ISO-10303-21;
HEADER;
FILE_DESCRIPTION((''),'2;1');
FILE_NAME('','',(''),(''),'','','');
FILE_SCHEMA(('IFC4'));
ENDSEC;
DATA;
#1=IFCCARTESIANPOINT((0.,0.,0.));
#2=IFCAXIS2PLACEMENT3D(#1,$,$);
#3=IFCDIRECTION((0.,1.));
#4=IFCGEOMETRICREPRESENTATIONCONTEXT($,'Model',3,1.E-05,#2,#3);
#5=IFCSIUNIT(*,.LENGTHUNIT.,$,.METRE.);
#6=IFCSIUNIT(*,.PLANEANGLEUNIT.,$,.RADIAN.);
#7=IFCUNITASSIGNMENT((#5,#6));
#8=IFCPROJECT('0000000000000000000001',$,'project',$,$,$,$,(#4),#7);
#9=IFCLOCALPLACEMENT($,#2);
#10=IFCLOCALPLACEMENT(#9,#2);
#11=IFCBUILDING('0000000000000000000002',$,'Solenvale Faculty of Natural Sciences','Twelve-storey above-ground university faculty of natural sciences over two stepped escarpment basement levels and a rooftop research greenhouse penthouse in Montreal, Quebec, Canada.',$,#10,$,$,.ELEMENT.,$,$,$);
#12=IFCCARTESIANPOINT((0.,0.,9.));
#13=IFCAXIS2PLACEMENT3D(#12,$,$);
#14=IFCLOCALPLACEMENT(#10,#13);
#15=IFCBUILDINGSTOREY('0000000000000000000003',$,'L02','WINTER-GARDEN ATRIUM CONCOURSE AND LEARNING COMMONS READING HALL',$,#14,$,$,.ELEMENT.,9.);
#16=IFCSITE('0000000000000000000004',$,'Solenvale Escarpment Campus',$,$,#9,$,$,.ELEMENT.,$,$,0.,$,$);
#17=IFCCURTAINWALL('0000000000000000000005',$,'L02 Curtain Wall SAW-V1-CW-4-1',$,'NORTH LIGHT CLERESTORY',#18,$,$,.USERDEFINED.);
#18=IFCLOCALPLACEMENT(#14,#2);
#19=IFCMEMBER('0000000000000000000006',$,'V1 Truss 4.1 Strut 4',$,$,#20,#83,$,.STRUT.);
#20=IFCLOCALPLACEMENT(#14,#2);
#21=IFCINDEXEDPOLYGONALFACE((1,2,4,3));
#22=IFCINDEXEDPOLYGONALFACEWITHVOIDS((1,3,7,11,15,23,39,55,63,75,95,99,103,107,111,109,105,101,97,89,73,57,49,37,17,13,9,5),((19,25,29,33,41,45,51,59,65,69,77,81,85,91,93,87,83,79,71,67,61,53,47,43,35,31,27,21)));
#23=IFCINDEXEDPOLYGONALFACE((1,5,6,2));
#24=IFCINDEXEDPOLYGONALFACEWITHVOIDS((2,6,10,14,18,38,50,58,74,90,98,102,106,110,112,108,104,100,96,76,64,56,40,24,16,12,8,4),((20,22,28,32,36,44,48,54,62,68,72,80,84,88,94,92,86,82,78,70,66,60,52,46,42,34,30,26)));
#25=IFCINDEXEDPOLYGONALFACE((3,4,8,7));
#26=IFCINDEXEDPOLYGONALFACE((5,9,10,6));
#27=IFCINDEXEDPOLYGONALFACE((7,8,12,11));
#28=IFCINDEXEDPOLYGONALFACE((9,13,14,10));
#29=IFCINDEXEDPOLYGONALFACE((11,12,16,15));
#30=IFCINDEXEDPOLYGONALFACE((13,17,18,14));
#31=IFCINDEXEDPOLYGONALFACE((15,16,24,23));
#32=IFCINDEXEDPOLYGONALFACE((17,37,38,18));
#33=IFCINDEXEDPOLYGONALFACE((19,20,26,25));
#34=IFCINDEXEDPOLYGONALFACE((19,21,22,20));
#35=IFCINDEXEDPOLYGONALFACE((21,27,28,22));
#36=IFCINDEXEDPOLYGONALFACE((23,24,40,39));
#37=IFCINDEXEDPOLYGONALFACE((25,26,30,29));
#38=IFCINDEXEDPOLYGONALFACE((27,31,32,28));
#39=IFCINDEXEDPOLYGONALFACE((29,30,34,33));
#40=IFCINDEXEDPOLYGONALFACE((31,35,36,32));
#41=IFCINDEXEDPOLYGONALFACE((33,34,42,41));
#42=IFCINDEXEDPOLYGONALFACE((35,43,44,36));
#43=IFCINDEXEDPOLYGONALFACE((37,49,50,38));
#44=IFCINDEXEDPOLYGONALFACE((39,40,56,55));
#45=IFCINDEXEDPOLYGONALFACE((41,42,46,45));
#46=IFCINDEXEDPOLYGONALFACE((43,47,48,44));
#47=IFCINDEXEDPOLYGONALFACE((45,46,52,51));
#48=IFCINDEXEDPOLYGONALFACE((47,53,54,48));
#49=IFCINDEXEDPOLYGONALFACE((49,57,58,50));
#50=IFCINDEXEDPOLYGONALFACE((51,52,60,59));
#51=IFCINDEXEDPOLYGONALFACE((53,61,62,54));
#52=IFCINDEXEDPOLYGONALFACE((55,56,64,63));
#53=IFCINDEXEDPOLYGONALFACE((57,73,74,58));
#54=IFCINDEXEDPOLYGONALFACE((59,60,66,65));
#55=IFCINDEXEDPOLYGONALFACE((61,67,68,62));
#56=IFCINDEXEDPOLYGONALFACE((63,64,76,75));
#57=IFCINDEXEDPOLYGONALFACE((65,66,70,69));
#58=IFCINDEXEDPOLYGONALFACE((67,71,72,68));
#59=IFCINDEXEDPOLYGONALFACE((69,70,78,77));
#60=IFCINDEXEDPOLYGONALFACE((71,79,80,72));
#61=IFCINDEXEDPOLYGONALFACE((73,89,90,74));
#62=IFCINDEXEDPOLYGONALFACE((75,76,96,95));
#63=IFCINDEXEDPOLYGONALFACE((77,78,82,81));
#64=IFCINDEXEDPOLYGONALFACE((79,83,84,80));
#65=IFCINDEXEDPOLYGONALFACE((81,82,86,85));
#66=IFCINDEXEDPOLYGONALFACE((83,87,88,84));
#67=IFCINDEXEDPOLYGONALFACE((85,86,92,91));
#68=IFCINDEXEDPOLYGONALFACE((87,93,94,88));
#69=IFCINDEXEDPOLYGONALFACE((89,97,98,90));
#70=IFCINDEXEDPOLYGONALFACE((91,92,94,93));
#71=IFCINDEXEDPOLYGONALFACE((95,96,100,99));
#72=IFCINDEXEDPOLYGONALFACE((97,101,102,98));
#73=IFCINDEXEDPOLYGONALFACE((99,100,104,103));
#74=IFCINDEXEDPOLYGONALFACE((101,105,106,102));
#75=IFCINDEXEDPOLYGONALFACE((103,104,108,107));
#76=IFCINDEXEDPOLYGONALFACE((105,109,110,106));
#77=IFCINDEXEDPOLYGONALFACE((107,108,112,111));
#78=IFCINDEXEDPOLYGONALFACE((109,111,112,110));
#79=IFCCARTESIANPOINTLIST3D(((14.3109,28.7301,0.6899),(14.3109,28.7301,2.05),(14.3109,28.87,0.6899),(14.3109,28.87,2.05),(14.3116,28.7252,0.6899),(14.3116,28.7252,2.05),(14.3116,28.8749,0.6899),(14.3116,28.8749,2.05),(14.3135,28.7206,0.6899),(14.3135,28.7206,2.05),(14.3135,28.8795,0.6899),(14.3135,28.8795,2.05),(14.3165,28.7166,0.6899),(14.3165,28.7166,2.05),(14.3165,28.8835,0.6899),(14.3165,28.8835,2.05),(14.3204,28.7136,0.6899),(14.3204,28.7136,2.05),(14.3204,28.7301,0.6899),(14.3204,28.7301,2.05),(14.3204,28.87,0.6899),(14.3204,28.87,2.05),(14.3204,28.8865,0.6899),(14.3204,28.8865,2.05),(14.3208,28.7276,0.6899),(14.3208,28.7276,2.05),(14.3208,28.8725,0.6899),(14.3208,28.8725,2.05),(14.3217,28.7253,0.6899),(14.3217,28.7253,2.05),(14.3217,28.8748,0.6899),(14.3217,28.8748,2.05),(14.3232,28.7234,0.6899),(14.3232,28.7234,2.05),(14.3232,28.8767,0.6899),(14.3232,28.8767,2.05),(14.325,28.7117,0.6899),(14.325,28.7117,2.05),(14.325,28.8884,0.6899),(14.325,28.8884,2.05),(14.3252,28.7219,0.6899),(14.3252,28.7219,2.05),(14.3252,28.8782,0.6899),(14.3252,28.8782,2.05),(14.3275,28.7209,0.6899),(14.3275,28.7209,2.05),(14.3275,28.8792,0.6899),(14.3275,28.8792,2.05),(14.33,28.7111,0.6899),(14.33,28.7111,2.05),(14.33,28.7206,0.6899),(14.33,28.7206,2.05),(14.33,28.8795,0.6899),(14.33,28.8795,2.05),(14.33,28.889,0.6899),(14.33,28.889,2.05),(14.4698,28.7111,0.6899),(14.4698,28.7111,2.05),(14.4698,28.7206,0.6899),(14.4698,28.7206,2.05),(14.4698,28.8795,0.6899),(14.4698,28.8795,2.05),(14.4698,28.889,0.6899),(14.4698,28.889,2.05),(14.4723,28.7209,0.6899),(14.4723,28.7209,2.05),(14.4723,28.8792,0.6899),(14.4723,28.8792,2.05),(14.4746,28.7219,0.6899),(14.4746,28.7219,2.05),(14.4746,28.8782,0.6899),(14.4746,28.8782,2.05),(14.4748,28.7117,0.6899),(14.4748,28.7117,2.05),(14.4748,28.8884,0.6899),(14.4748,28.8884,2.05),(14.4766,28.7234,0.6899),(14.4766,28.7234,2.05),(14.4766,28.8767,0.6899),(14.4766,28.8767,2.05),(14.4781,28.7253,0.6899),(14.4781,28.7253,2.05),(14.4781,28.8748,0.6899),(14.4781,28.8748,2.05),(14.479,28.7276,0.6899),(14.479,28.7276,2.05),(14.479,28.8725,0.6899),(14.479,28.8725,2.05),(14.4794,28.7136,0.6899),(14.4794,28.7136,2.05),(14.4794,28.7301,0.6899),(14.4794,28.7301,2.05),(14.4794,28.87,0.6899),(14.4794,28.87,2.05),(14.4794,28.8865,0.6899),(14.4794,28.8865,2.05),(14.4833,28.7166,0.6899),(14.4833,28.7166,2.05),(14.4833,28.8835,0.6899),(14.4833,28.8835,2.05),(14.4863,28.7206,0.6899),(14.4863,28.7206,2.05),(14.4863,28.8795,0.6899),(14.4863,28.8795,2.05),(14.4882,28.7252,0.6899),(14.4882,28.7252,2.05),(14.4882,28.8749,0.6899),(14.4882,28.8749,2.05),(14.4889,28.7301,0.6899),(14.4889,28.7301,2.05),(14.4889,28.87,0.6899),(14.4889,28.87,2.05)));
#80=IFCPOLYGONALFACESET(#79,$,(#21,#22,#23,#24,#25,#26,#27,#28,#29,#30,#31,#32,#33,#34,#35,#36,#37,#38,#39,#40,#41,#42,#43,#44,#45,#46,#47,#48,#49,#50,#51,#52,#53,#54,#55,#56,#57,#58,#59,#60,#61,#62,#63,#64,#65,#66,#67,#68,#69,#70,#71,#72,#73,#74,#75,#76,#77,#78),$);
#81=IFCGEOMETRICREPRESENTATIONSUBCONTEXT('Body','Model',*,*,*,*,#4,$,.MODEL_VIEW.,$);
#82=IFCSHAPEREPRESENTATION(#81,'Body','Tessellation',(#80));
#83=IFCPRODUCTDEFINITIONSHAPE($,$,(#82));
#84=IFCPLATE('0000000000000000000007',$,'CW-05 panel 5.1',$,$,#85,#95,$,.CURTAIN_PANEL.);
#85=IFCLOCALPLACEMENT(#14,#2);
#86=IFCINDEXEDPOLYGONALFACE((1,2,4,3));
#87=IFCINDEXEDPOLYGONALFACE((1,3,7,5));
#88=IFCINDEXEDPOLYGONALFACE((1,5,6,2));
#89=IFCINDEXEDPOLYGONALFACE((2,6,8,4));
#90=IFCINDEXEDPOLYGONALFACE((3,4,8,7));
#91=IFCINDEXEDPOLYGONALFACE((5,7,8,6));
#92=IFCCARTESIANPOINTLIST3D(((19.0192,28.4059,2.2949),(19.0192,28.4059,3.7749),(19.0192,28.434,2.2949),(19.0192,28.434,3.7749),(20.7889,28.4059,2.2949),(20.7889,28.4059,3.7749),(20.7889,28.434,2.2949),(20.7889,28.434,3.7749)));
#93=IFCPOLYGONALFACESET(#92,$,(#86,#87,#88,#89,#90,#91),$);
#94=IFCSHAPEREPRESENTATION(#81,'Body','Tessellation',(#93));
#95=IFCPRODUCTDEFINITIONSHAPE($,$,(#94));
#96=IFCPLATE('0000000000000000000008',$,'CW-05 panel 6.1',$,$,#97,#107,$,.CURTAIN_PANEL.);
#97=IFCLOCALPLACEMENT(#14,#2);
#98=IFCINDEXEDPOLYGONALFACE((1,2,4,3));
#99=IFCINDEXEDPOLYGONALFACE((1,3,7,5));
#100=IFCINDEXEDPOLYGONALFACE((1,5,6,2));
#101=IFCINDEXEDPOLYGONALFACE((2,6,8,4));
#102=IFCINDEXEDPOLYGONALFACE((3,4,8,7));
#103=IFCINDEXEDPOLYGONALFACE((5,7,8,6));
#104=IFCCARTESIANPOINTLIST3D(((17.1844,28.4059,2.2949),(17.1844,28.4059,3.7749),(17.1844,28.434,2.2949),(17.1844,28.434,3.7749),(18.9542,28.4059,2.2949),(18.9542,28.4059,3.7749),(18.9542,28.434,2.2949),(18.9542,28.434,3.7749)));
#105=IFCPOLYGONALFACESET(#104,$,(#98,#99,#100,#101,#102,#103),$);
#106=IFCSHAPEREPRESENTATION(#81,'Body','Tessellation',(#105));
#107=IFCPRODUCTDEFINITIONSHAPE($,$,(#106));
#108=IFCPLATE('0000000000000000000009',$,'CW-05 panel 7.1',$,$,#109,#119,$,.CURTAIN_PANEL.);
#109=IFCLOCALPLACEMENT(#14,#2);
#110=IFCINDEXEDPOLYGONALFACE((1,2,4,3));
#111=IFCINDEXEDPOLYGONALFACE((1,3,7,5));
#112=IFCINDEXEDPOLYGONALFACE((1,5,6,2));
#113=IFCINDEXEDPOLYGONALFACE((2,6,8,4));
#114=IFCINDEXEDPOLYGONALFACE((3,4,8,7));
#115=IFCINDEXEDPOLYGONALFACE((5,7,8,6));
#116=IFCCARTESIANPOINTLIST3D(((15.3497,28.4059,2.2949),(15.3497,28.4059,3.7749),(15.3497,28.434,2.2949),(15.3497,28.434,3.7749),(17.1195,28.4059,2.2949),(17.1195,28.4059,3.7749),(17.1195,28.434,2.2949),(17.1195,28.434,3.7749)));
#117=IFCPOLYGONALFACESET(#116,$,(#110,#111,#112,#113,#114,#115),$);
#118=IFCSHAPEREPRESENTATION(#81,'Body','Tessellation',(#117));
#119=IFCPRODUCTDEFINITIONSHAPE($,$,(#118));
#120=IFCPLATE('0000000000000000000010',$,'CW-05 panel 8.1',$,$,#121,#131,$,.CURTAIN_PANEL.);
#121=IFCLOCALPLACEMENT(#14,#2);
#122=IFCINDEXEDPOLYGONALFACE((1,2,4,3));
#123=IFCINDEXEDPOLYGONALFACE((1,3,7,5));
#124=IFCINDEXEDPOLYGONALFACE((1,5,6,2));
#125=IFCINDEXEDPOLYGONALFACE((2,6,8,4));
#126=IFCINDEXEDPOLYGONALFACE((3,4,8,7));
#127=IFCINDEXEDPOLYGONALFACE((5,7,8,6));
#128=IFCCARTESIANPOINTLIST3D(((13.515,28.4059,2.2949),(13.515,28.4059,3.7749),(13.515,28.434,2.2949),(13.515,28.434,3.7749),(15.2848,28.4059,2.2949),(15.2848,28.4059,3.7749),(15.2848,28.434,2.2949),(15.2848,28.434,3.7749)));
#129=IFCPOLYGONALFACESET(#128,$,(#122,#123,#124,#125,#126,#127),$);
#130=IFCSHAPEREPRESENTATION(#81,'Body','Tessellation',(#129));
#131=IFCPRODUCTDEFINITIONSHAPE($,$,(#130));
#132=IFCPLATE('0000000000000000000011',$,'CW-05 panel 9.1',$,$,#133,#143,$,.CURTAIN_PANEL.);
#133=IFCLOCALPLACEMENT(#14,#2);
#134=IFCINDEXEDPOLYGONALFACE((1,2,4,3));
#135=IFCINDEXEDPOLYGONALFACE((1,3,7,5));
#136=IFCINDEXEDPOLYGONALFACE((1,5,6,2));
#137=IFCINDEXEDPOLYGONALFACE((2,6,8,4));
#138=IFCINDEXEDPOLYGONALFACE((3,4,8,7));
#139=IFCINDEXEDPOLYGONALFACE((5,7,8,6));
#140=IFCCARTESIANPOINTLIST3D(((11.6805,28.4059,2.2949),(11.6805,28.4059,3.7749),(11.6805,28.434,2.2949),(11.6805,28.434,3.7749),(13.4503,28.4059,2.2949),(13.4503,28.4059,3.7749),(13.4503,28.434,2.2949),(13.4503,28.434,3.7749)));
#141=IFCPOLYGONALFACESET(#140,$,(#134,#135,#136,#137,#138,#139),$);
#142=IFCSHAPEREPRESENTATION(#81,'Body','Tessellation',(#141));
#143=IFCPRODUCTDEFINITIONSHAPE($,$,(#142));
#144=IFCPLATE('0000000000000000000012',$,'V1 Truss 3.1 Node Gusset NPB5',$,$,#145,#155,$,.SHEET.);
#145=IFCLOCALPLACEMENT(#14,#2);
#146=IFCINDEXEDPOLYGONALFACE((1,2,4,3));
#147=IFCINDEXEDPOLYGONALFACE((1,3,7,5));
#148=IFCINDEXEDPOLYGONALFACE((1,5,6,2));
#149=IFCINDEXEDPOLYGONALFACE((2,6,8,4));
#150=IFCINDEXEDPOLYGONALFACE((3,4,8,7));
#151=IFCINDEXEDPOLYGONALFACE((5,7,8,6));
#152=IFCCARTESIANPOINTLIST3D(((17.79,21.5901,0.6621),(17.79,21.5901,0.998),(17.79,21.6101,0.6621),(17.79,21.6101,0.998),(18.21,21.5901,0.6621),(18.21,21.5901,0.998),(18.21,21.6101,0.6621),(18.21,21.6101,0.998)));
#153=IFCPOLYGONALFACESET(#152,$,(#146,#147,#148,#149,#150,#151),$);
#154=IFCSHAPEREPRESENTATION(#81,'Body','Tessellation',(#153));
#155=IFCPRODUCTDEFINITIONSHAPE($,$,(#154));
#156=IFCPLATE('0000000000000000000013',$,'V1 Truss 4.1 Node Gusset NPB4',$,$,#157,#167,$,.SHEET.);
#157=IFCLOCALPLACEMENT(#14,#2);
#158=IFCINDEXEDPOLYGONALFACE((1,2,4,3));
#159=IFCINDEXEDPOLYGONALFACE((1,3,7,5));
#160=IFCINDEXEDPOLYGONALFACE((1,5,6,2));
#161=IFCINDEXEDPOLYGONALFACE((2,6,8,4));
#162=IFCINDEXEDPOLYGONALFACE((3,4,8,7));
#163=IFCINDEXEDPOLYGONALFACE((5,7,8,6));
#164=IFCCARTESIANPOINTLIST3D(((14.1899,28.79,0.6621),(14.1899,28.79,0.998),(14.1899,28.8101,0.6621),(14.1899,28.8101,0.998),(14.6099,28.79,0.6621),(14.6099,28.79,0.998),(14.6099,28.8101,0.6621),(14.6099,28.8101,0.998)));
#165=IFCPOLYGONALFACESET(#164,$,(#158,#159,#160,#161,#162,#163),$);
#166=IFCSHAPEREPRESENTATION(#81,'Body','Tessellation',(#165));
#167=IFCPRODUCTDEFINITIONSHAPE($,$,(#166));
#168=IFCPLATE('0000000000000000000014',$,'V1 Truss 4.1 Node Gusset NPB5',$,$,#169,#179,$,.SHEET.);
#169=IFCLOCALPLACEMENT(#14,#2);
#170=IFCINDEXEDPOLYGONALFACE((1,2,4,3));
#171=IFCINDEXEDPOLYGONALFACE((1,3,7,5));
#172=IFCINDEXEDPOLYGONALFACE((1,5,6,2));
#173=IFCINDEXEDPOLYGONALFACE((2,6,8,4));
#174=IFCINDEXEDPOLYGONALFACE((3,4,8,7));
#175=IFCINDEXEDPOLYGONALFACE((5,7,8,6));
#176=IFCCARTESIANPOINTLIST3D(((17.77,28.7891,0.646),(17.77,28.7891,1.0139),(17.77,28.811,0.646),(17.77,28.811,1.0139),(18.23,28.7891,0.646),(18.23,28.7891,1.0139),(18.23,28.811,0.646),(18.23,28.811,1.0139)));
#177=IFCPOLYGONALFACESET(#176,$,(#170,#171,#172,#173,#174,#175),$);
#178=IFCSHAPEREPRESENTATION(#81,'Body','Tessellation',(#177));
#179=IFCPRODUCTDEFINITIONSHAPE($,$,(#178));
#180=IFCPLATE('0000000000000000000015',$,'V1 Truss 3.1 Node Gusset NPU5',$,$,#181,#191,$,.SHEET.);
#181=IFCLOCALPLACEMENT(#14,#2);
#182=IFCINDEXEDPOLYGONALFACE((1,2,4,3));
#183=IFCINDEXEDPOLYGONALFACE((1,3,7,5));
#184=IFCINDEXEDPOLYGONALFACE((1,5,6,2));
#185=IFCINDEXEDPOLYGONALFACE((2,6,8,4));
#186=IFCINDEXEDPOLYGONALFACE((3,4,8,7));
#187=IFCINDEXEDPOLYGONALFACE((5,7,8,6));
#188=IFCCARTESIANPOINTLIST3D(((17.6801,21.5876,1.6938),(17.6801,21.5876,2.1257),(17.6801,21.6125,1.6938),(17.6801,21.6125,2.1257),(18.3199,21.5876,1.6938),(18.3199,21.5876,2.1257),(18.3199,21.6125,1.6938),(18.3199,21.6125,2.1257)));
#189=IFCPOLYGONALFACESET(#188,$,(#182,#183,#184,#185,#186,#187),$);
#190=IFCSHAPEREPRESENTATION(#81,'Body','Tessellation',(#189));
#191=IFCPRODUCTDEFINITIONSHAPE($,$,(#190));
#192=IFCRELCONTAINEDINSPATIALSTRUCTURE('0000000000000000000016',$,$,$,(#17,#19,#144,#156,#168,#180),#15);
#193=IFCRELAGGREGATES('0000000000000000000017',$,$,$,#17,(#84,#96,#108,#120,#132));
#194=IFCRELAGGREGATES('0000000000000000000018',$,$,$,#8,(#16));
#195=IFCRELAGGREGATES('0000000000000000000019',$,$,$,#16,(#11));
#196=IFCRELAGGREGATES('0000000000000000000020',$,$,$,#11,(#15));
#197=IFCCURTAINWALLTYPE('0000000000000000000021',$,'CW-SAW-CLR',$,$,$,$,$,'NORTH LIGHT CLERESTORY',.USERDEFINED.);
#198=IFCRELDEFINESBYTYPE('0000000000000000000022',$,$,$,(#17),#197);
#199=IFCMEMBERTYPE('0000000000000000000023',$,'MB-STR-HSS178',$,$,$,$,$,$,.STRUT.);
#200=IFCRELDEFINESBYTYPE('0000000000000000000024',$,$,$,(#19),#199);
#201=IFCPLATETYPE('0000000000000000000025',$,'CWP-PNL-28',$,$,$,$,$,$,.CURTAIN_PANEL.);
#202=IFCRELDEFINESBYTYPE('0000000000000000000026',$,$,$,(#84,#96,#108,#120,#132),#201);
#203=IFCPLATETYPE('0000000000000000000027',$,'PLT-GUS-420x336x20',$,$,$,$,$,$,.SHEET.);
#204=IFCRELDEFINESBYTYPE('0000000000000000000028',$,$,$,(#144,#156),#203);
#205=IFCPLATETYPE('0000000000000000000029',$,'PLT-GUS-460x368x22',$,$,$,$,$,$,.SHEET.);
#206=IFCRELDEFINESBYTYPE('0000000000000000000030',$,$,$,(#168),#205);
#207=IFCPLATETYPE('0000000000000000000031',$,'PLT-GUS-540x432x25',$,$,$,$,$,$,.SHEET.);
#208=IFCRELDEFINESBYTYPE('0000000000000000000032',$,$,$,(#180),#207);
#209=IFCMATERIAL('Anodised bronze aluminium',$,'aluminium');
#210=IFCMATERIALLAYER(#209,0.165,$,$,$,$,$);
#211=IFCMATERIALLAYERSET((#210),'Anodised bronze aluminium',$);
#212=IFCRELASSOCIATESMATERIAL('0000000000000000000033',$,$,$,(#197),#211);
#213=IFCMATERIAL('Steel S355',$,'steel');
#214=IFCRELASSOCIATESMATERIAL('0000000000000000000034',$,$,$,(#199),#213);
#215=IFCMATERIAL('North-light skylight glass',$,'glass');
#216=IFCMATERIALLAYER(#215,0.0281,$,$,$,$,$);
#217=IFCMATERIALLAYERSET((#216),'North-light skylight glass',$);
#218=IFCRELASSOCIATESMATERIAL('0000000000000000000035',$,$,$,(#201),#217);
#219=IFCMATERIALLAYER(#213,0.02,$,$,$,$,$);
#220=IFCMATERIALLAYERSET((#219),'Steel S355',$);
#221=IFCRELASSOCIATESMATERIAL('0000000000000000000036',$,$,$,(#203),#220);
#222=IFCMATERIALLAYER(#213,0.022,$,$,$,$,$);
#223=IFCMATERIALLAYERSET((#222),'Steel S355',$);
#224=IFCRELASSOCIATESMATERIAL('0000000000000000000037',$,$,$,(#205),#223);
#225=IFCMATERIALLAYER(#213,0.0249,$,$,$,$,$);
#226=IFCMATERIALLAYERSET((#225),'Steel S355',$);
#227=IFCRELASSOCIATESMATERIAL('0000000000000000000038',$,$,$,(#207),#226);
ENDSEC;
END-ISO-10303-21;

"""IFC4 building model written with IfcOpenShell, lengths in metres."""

from ifc_helpers import new_model, si_unit, direction, frame, origin, origin_2d, place, context, subcontext, project, spatial, rectangle, hollow_rectangle, extrude, material, layer, layer_set, material_profile, profile_set, type_object, element, aggregate, save


model = new_model("IFC4")

# Units and contexts
model_context = context("Model", 3, precision=1e-05, world=origin(), true_north=direction((0.0, 1.0)))
body_context = subcontext(model_context, "Body", "Model", "MODEL_VIEW")
ifc_project = project(units=[si_unit("LENGTHUNIT", "METRE"), si_unit("PLANEANGLEUNIT", "RADIAN")], contexts=[model_context])

# Site, building, storey
site_placement = place(None, origin())
site = spatial("IfcSite", under=ifc_project, at=site_placement, Name="Solenvale Escarpment Campus", CompositionType="ELEMENT", RefElevation=0.0)
building_placement = place(site_placement, origin())
building = spatial("IfcBuilding", under=site, at=building_placement, Name="Solenvale Faculty of Natural Sciences", Description="Twelve-storey above-ground university faculty of natural sciences over two stepped escarpment basement levels and a rooftop research greenhouse penthouse in Montreal, Quebec, Canada.", CompositionType="ELEMENT")
storey_placement = place(building_placement, frame((0.0, 0.0, 9.0)))
storey = spatial("IfcBuildingStorey", under=building, at=storey_placement, Name="L02", Description="WINTER-GARDEN ATRIUM CONCOURSE AND LEARNING COMMONS READING HALL", CompositionType="ELEMENT", Elevation=9.0)

# Curtain wall
ifc_material_1 = material(Name="Anodised bronze aluminium", Category="aluminium")
ifc_layer_1 = layer(ifc_material_1, 0.165)
ifc_layer_set_1 = layer_set([ifc_layer_1], Name="Anodised bronze aluminium")
curtain_wall_type = type_object("IfcCurtainWallType", Name="CW-SAW-CLR", ElementType="NORTH LIGHT CLERESTORY", PredefinedType="USERDEFINED", material=ifc_layer_set_1)
curtain_wall_placement = place(storey_placement, origin())
curtain_wall = element("IfcCurtainWall", 1, at=curtain_wall_placement, inside=storey, type_object=curtain_wall_type, Name="L02 Curtain Wall SAW-V1-CW-4-1", ObjectType="NORTH LIGHT CLERESTORY", PredefinedType="USERDEFINED")

# Member
ifc_material_2 = material(Name="Steel S355", Category="steel")
ifc_material_profile_1 = material_profile(ifc_material_2, hollow_rectangle(XDim=0.178, YDim=0.178, WallThickness=0.0095, InnerFilletRadius=0.0095, OuterFilletRadius=0.019, at=origin_2d()), Name="HSS178x178x9.5")
ifc_profile_set_1 = profile_set([ifc_material_profile_1], Name="Steel S355")
member_type_1 = type_object("IfcMemberType", Name="MB-STR-HSS178", PredefinedType="STRUT", material=ifc_profile_set_1)
member_1_placement = place(storey_placement, frame((14.3999, 28.8, 0.6899), z_axis=(0.0, 0.0, 1.0), x_axis=(1.0, 0.0, 0.0)))
element("IfcMember", 2, at=member_1_placement, inside=storey, type_object=member_type_1, Name="V1 Truss 4.1 Strut 4", PredefinedType="STRUT", context=body_context, shape_type="SweptSolid", body=[
    extrude(hollow_rectangle(XDim=0.178, YDim=0.178, WallThickness=0.0095, InnerFilletRadius=0.0095, OuterFilletRadius=0.019, at=origin_2d()), origin(), (0.0, 0.0, 1.0), 1.3601),
])

# Plates
ifc_material_3 = material(Name="North-light skylight glass", Category="glass")
ifc_layer_2 = layer(ifc_material_3, 0.0281)
ifc_layer_set_2 = layer_set([ifc_layer_2], Name="North-light skylight glass")
plate_type_1 = type_object("IfcPlateType", Name="CWP-PNL-28", PredefinedType="CURTAIN_PANEL", material=ifc_layer_set_2)
plate_1_placement = place(storey_placement, frame((19.9041, 28.4199, 2.2949), z_axis=(0.0, 0.0, 1.0), x_axis=(-1.0, 0.0, 0.0)))
plate_1 = element("IfcPlate", 3, at=plate_1_placement, type_object=plate_type_1, Name="CW-05 panel 5.1", PredefinedType="CURTAIN_PANEL", context=body_context, shape_type="SweptSolid", body=[
    extrude(rectangle(XDim=1.7698, YDim=0.0281, at=origin_2d()), origin(), (0.0, 0.0, 1.0), 1.48),
])
plate_2_placement = place(storey_placement, frame((18.0693, 28.4199, 2.2949), z_axis=(0.0, 0.0, 1.0), x_axis=(-1.0, 0.0, 0.0)))
plate_2 = element("IfcPlate", 4, at=plate_2_placement, type_object=plate_type_1, Name="CW-05 panel 6.1", PredefinedType="CURTAIN_PANEL", context=body_context, shape_type="SweptSolid", body=[
    extrude(rectangle(XDim=1.7698, YDim=0.0281, at=origin_2d()), origin(), (0.0, 0.0, 1.0), 1.48),
])
plate_3_placement = place(storey_placement, frame((16.2346, 28.4199, 2.2949), z_axis=(0.0, 0.0, 1.0), x_axis=(-1.0, 0.0, 0.0)))
plate_3 = element("IfcPlate", 5, at=plate_3_placement, type_object=plate_type_1, Name="CW-05 panel 7.1", PredefinedType="CURTAIN_PANEL", context=body_context, shape_type="SweptSolid", body=[
    extrude(rectangle(XDim=1.7698, YDim=0.0281, at=origin_2d()), origin(), (0.0, 0.0, 1.0), 1.48),
])
plate_4_placement = place(storey_placement, frame((14.3999, 28.4199, 2.2949), z_axis=(0.0, 0.0, 1.0), x_axis=(-1.0, 0.0, 0.0)))
plate_4 = element("IfcPlate", 6, at=plate_4_placement, type_object=plate_type_1, Name="CW-05 panel 8.1", PredefinedType="CURTAIN_PANEL", context=body_context, shape_type="SweptSolid", body=[
    extrude(rectangle(XDim=1.7698, YDim=0.0281, at=origin_2d()), origin(), (0.0, 0.0, 1.0), 1.48),
])
plate_5_placement = place(storey_placement, frame((12.5654, 28.4199, 2.2949), z_axis=(0.0, 0.0, 1.0), x_axis=(-1.0, 0.0, 0.0)))
plate_5 = element("IfcPlate", 7, at=plate_5_placement, type_object=plate_type_1, Name="CW-05 panel 9.1", PredefinedType="CURTAIN_PANEL", context=body_context, shape_type="SweptSolid", body=[
    extrude(rectangle(XDim=1.7698, YDim=0.0281, at=origin_2d()), origin(), (0.0, 0.0, 1.0), 1.48),
])
aggregate(curtain_wall, [plate_1, plate_2, plate_3, plate_4, plate_5])

# Plates
ifc_layer_3 = layer(ifc_material_2, 0.02)
ifc_layer_set_3 = layer_set([ifc_layer_3], Name="Steel S355")
plate_type_2 = type_object("IfcPlateType", Name="PLT-GUS-420x336x20", PredefinedType="SHEET", material=ifc_layer_set_3)
for number, where, z_axis, x_axis, name in (
    (8, (18.0, 21.6001, 0.6621), (0.0, 0.0, 1.0), (1.0, 0.0, 0.0), "V1 Truss 3.1 Node Gusset NPB5"),
    (9, (14.3999, 28.8, 0.6621), (0.0, 0.0, 1.0), (1.0, 0.0, 0.0), "V1 Truss 4.1 Node Gusset NPB4"),
):
    element("IfcPlate", number, at=place(storey_placement, frame(where, z_axis=z_axis, x_axis=x_axis)), inside=storey, type_object=plate_type_2, Name=name, PredefinedType="SHEET", context=body_context, shape_type="SweptSolid", body=[
        extrude(rectangle(XDim=0.4199, YDim=0.02, at=origin_2d()), origin(), (0.0, 0.0, 1.0), 0.3359),
    ])
ifc_layer_4 = layer(ifc_material_2, 0.022)
ifc_layer_set_4 = layer_set([ifc_layer_4], Name="Steel S355")
plate_type_3 = type_object("IfcPlateType", Name="PLT-GUS-460x368x22", PredefinedType="SHEET", material=ifc_layer_set_4)
plate_6_placement = place(storey_placement, frame((18.0, 28.8, 0.646), z_axis=(0.0, 0.0, 1.0), x_axis=(1.0, 0.0, 0.0)))
element("IfcPlate", 10, at=plate_6_placement, inside=storey, type_object=plate_type_3, Name="V1 Truss 4.1 Node Gusset NPB5", PredefinedType="SHEET", context=body_context, shape_type="SweptSolid", body=[
    extrude(rectangle(XDim=0.46, YDim=0.022, at=origin_2d()), origin(), (0.0, 0.0, 1.0), 0.3679),
])
ifc_layer_5 = layer(ifc_material_2, 0.0249)
ifc_layer_set_5 = layer_set([ifc_layer_5], Name="Steel S355")
plate_type_4 = type_object("IfcPlateType", Name="PLT-GUS-540x432x25", PredefinedType="SHEET", material=ifc_layer_set_5)
for number, where, z_axis, x_axis, name in (
    (11, (18.0, 21.6001, 1.6938), (0.0, 0.0, 1.0), (1.0, 0.0, 0.0), "V1 Truss 3.1 Node Gusset NPU5"),
):
    element("IfcPlate", number, at=place(storey_placement, frame(where, z_axis=z_axis, x_axis=x_axis)), inside=storey, type_object=plate_type_4, Name=name, PredefinedType="SHEET", context=body_context, shape_type="SweptSolid", body=[
        extrude(rectangle(XDim=0.6399, YDim=0.0249, at=origin_2d()), origin(), (0.0, 0.0, 1.0), 0.4319),
    ])

save(model, "model.ifc")
